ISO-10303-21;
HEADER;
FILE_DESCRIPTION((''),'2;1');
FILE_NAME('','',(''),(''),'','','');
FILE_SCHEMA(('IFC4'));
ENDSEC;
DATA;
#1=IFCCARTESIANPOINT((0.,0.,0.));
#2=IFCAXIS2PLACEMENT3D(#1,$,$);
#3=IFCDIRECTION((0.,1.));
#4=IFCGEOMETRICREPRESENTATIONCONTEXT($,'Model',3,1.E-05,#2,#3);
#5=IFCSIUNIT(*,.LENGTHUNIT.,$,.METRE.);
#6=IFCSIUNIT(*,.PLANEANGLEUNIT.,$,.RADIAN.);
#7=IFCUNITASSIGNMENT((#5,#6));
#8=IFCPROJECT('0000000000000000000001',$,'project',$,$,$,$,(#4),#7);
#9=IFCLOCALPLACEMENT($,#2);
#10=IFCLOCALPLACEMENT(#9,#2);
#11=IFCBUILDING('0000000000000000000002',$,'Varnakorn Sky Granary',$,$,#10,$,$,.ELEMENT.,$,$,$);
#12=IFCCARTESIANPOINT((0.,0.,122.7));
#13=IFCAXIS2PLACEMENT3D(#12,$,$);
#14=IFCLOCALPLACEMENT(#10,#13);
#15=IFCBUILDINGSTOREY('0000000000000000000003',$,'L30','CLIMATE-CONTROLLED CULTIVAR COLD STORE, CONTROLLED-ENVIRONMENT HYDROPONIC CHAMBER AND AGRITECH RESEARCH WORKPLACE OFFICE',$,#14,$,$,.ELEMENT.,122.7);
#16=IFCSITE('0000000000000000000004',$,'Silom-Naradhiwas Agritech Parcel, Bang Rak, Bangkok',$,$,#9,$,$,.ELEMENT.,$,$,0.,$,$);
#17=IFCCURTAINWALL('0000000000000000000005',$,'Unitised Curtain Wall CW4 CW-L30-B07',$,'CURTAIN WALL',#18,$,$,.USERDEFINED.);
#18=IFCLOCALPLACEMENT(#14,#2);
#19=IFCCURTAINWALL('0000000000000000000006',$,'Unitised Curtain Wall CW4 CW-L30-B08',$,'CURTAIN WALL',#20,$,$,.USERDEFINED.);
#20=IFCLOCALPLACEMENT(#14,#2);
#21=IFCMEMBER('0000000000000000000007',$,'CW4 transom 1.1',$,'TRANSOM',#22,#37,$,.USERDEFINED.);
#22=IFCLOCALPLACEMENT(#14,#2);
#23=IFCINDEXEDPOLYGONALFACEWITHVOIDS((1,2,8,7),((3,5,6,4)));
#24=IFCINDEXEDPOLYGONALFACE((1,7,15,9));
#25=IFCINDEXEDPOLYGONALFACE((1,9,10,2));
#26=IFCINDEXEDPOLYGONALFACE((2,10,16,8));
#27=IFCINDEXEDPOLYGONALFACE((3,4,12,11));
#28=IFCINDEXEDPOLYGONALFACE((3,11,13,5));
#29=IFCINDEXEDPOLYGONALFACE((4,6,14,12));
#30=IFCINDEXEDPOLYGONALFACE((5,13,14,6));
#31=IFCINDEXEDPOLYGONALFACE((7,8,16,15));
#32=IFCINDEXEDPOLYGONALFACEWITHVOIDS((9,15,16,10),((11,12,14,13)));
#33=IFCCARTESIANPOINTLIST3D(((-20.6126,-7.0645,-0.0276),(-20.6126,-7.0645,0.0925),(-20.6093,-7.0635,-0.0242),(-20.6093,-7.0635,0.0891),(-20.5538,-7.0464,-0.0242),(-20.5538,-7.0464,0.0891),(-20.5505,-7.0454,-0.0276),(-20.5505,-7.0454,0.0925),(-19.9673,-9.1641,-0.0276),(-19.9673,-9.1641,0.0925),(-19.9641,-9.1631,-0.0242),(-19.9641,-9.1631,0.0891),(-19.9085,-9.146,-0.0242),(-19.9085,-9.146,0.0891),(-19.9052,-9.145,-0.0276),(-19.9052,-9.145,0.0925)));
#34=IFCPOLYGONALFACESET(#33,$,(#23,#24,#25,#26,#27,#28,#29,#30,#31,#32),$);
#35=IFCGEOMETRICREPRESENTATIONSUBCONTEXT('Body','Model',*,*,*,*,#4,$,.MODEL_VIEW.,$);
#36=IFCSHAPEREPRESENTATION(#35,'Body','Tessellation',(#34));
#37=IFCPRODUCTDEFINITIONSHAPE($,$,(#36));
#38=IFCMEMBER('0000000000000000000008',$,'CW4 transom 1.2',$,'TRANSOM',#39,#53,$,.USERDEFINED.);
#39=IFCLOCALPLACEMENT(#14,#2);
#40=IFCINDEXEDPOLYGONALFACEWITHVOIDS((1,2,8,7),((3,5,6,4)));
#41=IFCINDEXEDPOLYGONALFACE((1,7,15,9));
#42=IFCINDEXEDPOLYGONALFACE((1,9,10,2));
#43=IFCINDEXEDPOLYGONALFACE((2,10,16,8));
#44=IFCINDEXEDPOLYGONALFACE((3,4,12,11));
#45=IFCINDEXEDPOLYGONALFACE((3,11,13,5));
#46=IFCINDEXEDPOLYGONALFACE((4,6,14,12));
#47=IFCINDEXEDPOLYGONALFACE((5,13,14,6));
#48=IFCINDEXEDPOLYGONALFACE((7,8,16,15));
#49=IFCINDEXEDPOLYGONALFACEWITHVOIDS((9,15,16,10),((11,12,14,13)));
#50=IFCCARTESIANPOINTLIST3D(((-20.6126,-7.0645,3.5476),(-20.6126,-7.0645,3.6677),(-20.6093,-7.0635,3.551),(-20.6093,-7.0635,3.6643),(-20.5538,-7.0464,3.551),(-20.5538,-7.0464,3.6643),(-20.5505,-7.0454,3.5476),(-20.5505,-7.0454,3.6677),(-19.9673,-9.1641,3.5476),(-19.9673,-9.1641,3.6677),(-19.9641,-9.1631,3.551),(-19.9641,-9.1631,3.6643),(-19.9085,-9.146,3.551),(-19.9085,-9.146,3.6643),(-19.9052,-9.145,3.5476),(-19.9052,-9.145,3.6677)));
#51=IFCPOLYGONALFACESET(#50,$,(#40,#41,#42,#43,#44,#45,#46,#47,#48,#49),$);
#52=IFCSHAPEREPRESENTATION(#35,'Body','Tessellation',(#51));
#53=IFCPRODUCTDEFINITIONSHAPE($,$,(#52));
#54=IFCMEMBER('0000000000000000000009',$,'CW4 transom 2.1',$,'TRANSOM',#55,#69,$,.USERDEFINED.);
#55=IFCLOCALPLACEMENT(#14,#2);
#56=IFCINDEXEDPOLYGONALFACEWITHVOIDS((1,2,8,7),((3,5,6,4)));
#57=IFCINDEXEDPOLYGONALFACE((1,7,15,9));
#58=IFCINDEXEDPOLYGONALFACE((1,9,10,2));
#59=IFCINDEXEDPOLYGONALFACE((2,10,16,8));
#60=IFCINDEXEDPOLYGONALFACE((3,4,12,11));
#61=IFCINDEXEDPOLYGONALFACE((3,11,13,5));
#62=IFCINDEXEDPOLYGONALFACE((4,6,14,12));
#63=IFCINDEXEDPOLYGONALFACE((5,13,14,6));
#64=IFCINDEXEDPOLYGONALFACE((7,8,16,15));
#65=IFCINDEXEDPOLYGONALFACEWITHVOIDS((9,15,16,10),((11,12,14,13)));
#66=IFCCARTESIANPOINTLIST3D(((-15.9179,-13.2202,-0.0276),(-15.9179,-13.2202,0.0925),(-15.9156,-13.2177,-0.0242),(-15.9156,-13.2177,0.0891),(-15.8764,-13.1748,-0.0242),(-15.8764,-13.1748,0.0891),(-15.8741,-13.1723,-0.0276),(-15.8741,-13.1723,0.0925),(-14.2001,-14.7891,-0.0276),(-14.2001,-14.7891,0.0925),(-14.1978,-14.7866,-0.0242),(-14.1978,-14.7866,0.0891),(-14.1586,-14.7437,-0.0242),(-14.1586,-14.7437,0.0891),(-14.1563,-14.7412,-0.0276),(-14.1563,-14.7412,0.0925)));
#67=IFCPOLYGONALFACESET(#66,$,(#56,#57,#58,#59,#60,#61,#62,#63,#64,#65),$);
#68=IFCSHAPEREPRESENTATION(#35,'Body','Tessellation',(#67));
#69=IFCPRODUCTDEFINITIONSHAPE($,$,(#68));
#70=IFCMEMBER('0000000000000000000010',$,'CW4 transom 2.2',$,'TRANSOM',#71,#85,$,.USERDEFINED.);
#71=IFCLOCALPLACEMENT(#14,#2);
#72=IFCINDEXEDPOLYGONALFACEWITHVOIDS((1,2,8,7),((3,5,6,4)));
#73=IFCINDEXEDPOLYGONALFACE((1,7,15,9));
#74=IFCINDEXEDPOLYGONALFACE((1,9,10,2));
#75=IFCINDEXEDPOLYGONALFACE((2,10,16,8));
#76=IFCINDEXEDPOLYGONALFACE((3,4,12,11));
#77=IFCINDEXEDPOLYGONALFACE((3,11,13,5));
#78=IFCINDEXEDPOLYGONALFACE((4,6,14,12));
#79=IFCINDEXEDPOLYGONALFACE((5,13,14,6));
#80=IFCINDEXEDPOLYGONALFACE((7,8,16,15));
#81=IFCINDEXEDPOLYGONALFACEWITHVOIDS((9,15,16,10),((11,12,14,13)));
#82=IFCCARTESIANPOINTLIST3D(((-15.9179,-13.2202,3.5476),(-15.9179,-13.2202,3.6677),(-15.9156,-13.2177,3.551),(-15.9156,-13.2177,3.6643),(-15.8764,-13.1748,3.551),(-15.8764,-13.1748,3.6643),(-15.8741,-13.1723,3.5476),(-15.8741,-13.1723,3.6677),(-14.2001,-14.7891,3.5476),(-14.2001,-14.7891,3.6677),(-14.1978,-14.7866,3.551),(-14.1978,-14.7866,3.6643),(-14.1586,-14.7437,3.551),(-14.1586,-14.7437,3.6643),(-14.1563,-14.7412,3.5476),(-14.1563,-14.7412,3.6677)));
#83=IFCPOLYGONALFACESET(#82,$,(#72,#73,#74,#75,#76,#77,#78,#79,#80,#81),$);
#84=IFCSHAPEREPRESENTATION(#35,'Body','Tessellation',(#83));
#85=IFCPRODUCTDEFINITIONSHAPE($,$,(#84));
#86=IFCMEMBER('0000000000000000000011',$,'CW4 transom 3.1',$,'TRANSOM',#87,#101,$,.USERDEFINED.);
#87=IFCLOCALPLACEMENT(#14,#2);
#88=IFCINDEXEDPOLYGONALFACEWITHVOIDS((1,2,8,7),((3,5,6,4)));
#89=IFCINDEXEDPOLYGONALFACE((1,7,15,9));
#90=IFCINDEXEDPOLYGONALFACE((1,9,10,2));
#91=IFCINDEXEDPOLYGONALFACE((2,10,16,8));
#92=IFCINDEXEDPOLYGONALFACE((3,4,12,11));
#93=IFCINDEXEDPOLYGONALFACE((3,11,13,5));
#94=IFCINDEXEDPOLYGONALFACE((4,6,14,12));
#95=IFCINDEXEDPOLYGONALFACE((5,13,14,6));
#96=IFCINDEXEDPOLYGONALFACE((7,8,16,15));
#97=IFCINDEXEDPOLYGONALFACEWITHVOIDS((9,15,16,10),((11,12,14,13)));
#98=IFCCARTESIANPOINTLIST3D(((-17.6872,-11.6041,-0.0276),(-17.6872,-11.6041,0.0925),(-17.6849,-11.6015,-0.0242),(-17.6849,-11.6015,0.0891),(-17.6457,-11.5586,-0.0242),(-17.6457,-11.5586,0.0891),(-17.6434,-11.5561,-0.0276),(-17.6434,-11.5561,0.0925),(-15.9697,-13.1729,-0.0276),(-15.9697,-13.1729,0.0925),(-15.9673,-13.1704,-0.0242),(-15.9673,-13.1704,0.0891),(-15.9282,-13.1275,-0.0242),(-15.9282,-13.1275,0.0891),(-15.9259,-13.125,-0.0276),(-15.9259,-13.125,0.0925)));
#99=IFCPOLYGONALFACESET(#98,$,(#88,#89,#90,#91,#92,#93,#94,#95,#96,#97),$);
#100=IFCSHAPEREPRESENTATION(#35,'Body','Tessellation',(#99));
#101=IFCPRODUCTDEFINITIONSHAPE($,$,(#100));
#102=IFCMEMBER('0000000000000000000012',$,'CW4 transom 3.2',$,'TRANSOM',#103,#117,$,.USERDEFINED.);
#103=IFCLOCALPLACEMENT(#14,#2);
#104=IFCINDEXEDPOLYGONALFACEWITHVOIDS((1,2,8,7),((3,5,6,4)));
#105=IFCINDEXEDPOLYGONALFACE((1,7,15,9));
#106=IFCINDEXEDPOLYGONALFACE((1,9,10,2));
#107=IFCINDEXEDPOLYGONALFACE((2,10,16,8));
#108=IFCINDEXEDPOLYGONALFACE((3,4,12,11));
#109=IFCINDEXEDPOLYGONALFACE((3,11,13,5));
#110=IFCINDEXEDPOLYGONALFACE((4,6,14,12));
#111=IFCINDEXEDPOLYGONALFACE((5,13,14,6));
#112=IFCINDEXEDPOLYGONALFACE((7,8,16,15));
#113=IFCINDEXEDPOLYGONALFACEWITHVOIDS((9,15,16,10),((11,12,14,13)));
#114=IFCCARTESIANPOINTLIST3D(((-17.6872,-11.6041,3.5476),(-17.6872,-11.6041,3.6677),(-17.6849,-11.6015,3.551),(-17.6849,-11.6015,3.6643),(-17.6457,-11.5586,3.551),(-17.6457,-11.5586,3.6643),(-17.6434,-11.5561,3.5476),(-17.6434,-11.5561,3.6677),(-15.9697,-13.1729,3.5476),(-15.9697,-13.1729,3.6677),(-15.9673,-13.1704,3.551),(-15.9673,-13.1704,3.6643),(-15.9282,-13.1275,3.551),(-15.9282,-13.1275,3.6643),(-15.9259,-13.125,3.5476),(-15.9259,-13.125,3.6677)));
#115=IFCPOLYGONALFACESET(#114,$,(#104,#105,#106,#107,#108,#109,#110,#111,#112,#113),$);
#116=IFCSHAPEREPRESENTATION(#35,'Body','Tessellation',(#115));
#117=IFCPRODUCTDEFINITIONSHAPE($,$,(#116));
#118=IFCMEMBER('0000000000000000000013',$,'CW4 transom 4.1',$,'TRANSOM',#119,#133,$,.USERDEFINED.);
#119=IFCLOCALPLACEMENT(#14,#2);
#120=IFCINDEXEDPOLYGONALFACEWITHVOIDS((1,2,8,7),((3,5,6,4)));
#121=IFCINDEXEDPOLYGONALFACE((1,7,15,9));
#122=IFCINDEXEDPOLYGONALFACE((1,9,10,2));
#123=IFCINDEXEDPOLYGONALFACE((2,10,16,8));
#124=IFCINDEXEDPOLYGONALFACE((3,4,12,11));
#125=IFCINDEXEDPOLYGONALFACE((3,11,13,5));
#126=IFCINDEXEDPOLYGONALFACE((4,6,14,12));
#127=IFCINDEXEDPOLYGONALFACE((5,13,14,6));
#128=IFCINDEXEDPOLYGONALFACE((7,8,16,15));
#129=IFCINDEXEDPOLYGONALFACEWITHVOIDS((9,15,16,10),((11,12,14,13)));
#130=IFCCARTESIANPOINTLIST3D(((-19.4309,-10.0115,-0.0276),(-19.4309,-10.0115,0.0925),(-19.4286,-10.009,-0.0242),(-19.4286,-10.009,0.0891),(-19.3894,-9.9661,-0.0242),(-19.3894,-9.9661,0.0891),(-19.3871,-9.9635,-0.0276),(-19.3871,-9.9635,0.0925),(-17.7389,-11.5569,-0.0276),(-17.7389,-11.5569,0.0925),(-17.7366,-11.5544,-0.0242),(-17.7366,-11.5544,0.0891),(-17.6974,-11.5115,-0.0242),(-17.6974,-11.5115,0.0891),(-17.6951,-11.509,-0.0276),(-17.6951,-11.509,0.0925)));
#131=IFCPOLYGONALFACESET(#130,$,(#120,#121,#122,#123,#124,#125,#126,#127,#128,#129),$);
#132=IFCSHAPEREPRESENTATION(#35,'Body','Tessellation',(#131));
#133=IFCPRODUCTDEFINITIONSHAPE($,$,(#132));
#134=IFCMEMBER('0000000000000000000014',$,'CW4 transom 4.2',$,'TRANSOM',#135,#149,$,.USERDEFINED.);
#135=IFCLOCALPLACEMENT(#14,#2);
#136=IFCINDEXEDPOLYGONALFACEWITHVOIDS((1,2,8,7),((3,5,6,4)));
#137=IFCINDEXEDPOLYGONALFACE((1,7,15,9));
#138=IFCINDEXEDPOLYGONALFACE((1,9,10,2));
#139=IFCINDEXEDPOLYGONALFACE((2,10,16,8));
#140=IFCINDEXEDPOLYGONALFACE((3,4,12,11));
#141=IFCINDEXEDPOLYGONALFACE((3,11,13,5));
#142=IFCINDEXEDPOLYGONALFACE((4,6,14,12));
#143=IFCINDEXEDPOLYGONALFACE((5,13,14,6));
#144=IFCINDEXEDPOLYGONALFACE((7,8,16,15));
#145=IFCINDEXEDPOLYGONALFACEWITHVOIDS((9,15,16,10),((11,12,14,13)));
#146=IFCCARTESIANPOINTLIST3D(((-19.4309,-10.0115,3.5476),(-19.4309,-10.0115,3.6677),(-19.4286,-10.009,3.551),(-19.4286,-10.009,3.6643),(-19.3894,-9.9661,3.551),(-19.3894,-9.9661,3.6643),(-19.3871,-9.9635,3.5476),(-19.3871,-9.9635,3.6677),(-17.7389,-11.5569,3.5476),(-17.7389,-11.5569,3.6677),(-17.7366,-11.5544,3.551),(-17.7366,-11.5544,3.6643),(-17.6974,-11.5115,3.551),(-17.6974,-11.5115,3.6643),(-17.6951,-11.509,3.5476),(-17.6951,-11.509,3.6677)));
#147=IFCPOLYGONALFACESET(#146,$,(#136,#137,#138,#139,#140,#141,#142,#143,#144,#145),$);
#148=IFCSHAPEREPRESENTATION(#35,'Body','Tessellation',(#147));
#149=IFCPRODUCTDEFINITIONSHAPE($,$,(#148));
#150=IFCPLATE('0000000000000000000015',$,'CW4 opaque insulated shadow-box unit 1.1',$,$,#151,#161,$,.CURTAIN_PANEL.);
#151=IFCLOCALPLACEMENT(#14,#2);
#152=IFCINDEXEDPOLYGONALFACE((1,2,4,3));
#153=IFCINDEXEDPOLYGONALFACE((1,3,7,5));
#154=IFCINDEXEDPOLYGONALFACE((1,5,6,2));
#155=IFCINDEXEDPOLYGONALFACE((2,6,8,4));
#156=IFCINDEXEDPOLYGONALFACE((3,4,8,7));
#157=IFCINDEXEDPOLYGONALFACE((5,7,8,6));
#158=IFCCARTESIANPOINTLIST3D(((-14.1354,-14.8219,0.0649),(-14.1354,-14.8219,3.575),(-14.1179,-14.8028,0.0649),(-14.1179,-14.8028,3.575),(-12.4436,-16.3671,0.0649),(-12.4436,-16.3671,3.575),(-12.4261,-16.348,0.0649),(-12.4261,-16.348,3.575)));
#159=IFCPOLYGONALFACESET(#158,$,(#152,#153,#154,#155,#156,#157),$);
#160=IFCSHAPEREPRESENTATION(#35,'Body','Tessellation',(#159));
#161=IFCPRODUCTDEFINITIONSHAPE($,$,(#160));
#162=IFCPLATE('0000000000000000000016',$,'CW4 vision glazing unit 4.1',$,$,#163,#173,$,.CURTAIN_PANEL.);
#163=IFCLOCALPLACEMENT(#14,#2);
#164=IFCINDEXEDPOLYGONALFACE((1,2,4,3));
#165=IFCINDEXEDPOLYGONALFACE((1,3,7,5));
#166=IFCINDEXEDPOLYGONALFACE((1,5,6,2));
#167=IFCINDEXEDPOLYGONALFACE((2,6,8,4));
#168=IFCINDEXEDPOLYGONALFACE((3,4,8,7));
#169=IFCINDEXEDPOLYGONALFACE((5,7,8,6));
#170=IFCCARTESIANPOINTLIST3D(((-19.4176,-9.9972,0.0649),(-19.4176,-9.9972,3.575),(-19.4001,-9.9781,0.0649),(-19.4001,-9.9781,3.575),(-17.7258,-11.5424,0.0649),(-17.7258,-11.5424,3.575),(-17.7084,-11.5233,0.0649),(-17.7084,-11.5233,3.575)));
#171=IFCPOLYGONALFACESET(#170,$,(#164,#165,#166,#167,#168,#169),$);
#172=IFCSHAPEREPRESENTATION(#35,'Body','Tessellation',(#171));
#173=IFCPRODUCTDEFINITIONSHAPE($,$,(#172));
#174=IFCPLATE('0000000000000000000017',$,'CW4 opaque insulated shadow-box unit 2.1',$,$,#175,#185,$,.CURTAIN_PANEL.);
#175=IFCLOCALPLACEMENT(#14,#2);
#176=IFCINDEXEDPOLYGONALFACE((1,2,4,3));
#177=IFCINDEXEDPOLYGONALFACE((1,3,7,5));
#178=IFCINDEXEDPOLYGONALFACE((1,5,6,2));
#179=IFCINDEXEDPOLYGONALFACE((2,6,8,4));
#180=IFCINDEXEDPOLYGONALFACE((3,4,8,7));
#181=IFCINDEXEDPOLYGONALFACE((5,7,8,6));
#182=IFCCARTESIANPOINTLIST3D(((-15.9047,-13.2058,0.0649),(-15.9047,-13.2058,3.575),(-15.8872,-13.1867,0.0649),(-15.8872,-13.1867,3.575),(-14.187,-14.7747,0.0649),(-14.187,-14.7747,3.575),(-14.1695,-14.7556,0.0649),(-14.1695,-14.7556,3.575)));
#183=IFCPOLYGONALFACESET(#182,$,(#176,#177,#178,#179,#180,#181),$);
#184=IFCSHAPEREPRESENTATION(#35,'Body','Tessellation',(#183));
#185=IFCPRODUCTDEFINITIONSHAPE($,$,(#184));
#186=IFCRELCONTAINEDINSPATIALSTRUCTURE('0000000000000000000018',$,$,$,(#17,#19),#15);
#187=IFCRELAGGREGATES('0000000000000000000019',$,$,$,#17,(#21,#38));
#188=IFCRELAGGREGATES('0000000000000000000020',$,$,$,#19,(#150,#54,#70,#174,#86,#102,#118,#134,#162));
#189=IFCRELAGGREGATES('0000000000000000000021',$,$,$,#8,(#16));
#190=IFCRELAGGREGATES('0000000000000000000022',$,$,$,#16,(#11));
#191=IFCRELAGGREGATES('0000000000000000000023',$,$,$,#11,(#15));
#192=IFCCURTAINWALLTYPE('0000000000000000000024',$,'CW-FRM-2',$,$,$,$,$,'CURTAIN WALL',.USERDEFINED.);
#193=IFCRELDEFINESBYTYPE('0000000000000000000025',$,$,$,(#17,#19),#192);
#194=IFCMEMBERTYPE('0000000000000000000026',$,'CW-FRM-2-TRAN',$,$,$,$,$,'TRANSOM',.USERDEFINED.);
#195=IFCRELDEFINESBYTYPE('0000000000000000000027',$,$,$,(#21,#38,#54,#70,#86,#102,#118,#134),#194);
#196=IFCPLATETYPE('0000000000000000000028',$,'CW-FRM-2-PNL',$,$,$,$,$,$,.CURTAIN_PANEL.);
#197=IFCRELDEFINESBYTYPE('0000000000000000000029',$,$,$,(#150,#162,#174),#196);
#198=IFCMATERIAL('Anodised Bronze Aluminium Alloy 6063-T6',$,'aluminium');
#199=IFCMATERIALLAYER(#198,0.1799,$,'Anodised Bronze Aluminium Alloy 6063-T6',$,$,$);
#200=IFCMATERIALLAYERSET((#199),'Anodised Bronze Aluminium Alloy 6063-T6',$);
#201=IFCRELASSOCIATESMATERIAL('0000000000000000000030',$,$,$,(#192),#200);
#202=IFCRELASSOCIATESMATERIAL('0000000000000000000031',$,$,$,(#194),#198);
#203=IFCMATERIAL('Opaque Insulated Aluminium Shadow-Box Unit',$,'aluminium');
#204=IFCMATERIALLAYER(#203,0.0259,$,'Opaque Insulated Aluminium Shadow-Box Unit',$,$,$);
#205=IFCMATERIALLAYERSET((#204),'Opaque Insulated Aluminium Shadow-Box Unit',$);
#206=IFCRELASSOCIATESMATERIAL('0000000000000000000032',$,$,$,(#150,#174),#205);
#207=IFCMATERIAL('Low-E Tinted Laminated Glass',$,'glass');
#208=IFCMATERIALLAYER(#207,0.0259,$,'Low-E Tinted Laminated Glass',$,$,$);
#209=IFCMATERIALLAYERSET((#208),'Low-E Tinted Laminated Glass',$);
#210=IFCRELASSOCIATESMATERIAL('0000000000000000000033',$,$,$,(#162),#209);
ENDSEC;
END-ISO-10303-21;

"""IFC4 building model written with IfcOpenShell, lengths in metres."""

from ifc_helpers import new_model, si_unit, direction, frame, origin, origin_2d, place, context, subcontext, project, spatial, rectangle, hollow_rectangle, extrude, source, transform, mapped, material, layer, layer_set, material_profile, profile_set, type_object, type_shapes, element, aggregate, save


model = new_model("IFC4")

# Units and contexts
model_context = context("Model", 3, precision=1e-05, world=origin(), true_north=direction((0.0, 1.0)))
body_context = subcontext(model_context, "Body", "Model", "MODEL_VIEW")
ifc_project = project(units=[si_unit("LENGTHUNIT", "METRE"), si_unit("PLANEANGLEUNIT", "RADIAN")], contexts=[model_context])

# Site, building, storey
site_placement = place(None, origin())
site = spatial("IfcSite", under=ifc_project, at=site_placement, Name="Silom-Naradhiwas Agritech Parcel, Bang Rak, Bangkok", CompositionType="ELEMENT", RefElevation=0.0)
building_placement = place(site_placement, origin())
building = spatial("IfcBuilding", under=site, at=building_placement, Name="Varnakorn Sky Granary", CompositionType="ELEMENT")
storey_placement = place(building_placement, frame((0.0, 0.0, 122.7)))
storey = spatial("IfcBuildingStorey", under=building, at=storey_placement, Name="L30", Description="CLIMATE-CONTROLLED CULTIVAR COLD STORE, CONTROLLED-ENVIRONMENT HYDROPONIC CHAMBER AND AGRITECH RESEARCH WORKPLACE OFFICE", CompositionType="ELEMENT", Elevation=122.7)

# Curtain wall
ifc_material_1 = material(Name="Anodised Bronze Aluminium Alloy 6063-T6", Category="aluminium")
ifc_layer_1 = layer(ifc_material_1, 0.1799, Name="Anodised Bronze Aluminium Alloy 6063-T6")
ifc_layer_set_1 = layer_set([ifc_layer_1], Name="Anodised Bronze Aluminium Alloy 6063-T6")
curtain_wall_type = type_object("IfcCurtainWallType", Name="CW-FRM-2", ElementType="CURTAIN WALL", PredefinedType="USERDEFINED", material=ifc_layer_set_1)
curtain_wall_1_placement = place(storey_placement, origin())
curtain_wall_1 = element("IfcCurtainWall", 1, at=curtain_wall_1_placement, inside=storey, type_object=curtain_wall_type, Name="Unitised Curtain Wall CW4 CW-L30-B07", ObjectType="CURTAIN WALL", PredefinedType="USERDEFINED")

# Curtain wall
curtain_wall_2_placement = place(storey_placement, origin())
curtain_wall_2 = element("IfcCurtainWall", 2, at=curtain_wall_2_placement, inside=storey, type_object=curtain_wall_type, Name="Unitised Curtain Wall CW4 CW-L30-B08", ObjectType="CURTAIN WALL", PredefinedType="USERDEFINED")

# Members
ifc_material_profile_1 = material_profile(ifc_material_1, hollow_rectangle(XDim=0.0649, YDim=0.1201, WallThickness=0.0034, at=origin_2d()), Name="ALU TRAN 65x120")
ifc_profile_set_1 = profile_set([ifc_material_profile_1], Name="Anodised Bronze Aluminium Alloy 6063-T6")
member_type_1 = type_object("IfcMemberType", Name="CW-FRM-2-TRAN", ElementType="TRANSOM", PredefinedType="USERDEFINED", material=ifc_profile_set_1)
member_1_placement = place(storey_placement, frame((-19.9363, -9.1545, 0.0325), z_axis=(-0.293766, 0.955877, 0.0), x_axis=(-0.955877, -0.293766, 0.0)))
member_1 = element("IfcMember", 3, at=member_1_placement, type_object=member_type_1, Name="CW4 transom 1.1", ObjectType="TRANSOM", PredefinedType="USERDEFINED", context=body_context, shape_type="SweptSolid", body=[
    extrude(hollow_rectangle(XDim=0.0649, YDim=0.1201, WallThickness=0.0034, at=origin_2d()), origin(), (0.0, 0.0, 1.0), 2.1965),
])
member_2_placement = place(storey_placement, frame((-19.9363, -9.1545, 3.6077), z_axis=(-0.293766, 0.955877, 0.0), x_axis=(-0.955877, -0.293766, 0.0)))
member_2 = element("IfcMember", 4, at=member_2_placement, type_object=member_type_1, Name="CW4 transom 1.2", ObjectType="TRANSOM", PredefinedType="USERDEFINED", context=body_context, shape_type="SweptSolid", body=[
    extrude(hollow_rectangle(XDim=0.0649, YDim=0.1201, WallThickness=0.0034, at=origin_2d()), origin(), (0.0, 0.0, 1.0), 2.1965),
])
aggregate(curtain_wall_1, [member_1, member_2])
member_3_placement = place(storey_placement, frame((-14.1782, -14.7651, 0.0325), z_axis=(-0.73839, 0.674374, 0.0), x_axis=(-0.674374, -0.73839, 0.0)))
member_3 = element("IfcMember", 5, at=member_3_placement, type_object=member_type_1, Name="CW4 transom 2.1", ObjectType="TRANSOM", PredefinedType="USERDEFINED", context=body_context, shape_type="SweptSolid", body=[
    extrude(hollow_rectangle(XDim=0.0649, YDim=0.1201, WallThickness=0.0034, at=origin_2d()), origin(), (0.0, 0.0, 1.0), 2.3264),
])
member_4_placement = place(storey_placement, frame((-14.1782, -14.7651, 3.6077), z_axis=(-0.73839, 0.674374, 0.0), x_axis=(-0.674374, -0.73839, 0.0)))
member_4 = element("IfcMember", 6, at=member_4_placement, type_object=member_type_1, Name="CW4 transom 2.2", ObjectType="TRANSOM", PredefinedType="USERDEFINED", context=body_context, shape_type="SweptSolid", body=[
    extrude(hollow_rectangle(XDim=0.0649, YDim=0.1201, WallThickness=0.0034, at=origin_2d()), origin(), (0.0, 0.0, 1.0), 2.3264),
])
member_5_placement = place(storey_placement, frame((-15.9478, -13.1489, 0.0325), z_axis=(-0.738342, 0.674426, 0.0), x_axis=(-0.674426, -0.738342, 0.0)))
member_5 = element("IfcMember", 7, at=member_5_placement, type_object=member_type_1, Name="CW4 transom 3.1", ObjectType="TRANSOM", PredefinedType="USERDEFINED", context=body_context, shape_type="SweptSolid", body=[
    extrude(hollow_rectangle(XDim=0.0649, YDim=0.1201, WallThickness=0.0034, at=origin_2d()), origin(), (0.0, 0.0, 1.0), 2.3262),
])
member_6_placement = place(storey_placement, frame((-15.9478, -13.1489, 3.6077), z_axis=(-0.738342, 0.674426, 0.0), x_axis=(-0.674426, -0.738342, 0.0)))
member_6 = element("IfcMember", 8, at=member_6_placement, type_object=member_type_1, Name="CW4 transom 3.2", ObjectType="TRANSOM", PredefinedType="USERDEFINED", context=body_context, shape_type="SweptSolid", body=[
    extrude(hollow_rectangle(XDim=0.0649, YDim=0.1201, WallThickness=0.0034, at=origin_2d()), origin(), (0.0, 0.0, 1.0), 2.3262),
])
member_7_placement = place(storey_placement, frame((-17.717, -11.533, 0.0325), z_axis=(-0.738347, 0.674421, 0.0), x_axis=(-0.674421, -0.738347, 0.0)))
member_7 = element("IfcMember", 9, at=member_7_placement, type_object=member_type_1, Name="CW4 transom 4.1", ObjectType="TRANSOM", PredefinedType="USERDEFINED", context=body_context, shape_type="SweptSolid", body=[
    extrude(hollow_rectangle(XDim=0.0649, YDim=0.1201, WallThickness=0.0034, at=origin_2d()), origin(), (0.0, 0.0, 1.0), 2.2915),
])
member_8_placement = place(storey_placement, frame((-17.717, -11.533, 3.6077), z_axis=(-0.738347, 0.674421, 0.0), x_axis=(-0.674421, -0.738347, 0.0)))
member_8 = element("IfcMember", 10, at=member_8_placement, type_object=member_type_1, Name="CW4 transom 4.2", ObjectType="TRANSOM", PredefinedType="USERDEFINED", context=body_context, shape_type="SweptSolid", body=[
    extrude(hollow_rectangle(XDim=0.0649, YDim=0.1201, WallThickness=0.0034, at=origin_2d()), origin(), (0.0, 0.0, 1.0), 2.2915),
])

# Plates
ifc_material_2 = material(Name="Opaque Insulated Aluminium Shadow-Box Unit", Category="aluminium")
ifc_layer_2 = layer(ifc_material_2, 0.0259, Name="Opaque Insulated Aluminium Shadow-Box Unit")
ifc_layer_set_2 = layer_set([ifc_layer_2], Name="Opaque Insulated Aluminium Shadow-Box Unit")
plate_type = type_object("IfcPlateType", Name="CW-FRM-2-PNL", PredefinedType="CURTAIN_PANEL")
shared_shape_1 = source(origin(), body_context, "Body", "SweptSolid", [
    extrude(rectangle(XDim=2.2913, YDim=0.0259, at=origin_2d()), origin(), (0.0, 0.0, 1.0), 3.51),
])
plate_1_placement = place(storey_placement, frame((-13.2808, -15.585, 0.0649), z_axis=(0.0, 0.0, 1.0), x_axis=(-0.738359, 0.674407, 0.0)))
plate_1 = element("IfcPlate", 11, at=plate_1_placement, type_object=plate_type, material=ifc_layer_set_2, Name="CW4 opaque insulated shadow-box unit 1.1", PredefinedType="CURTAIN_PANEL", context=body_context, shape_type="MappedRepresentation", body=[
    mapped(shared_shape_1, transform((0.0, 0.0, 0.0), x_axis=(1.0, 0.0, 0.0), y_axis=(0.0, 1.0, 0.0), z_axis=(0.0, 0.0, 1.0), scale=1.0)),
])
ifc_material_3 = material(Name="Low-E Tinted Laminated Glass", Category="glass")
ifc_layer_3 = layer(ifc_material_3, 0.0259, Name="Low-E Tinted Laminated Glass")
ifc_layer_set_3 = layer_set([ifc_layer_3], Name="Low-E Tinted Laminated Glass")
plate_2_placement = place(storey_placement, frame((-18.563, -10.7603, 0.0649), z_axis=(0.0, 0.0, 1.0), x_axis=(-0.738359, 0.674407, 0.0)))
plate_2 = element("IfcPlate", 12, at=plate_2_placement, type_object=plate_type, material=ifc_layer_set_3, Name="CW4 vision glazing unit 4.1", PredefinedType="CURTAIN_PANEL", context=body_context, shape_type="MappedRepresentation", body=[
    mapped(shared_shape_1, transform((0.0, 0.0, 0.0), x_axis=(1.0, 0.0, 0.0), y_axis=(0.0, 1.0, 0.0), z_axis=(0.0, 0.0, 1.0), scale=1.0)),
])
shared_shape_2 = source(origin(), body_context, "Body", "SweptSolid", [
    extrude(rectangle(XDim=2.3264, YDim=0.0259, at=origin_2d()), origin(), (0.0, 0.0, 1.0), 3.51),
])
type_shapes(plate_type, [shared_shape_1, shared_shape_2])
plate_3_placement = place(storey_placement, frame((-15.0371, -13.9807, 0.0649), z_axis=(0.0, 0.0, 1.0), x_axis=(-0.738359, 0.674407, 0.0)))
plate_3 = element("IfcPlate", 13, at=plate_3_placement, type_object=plate_type, material=ifc_layer_set_2, Name="CW4 opaque insulated shadow-box unit 2.1", PredefinedType="CURTAIN_PANEL", context=body_context, shape_type="MappedRepresentation", body=[
    mapped(shared_shape_2, transform((0.0, 0.0, 0.0), x_axis=(1.0, 0.0, 0.0), y_axis=(0.0, 1.0, 0.0), z_axis=(0.0, 0.0, 1.0), scale=1.0)),
])
aggregate(curtain_wall_2, [plate_1, member_3, member_4, plate_3, member_5, member_6, member_7, member_8, plate_2])

save(model, "model.ifc")
